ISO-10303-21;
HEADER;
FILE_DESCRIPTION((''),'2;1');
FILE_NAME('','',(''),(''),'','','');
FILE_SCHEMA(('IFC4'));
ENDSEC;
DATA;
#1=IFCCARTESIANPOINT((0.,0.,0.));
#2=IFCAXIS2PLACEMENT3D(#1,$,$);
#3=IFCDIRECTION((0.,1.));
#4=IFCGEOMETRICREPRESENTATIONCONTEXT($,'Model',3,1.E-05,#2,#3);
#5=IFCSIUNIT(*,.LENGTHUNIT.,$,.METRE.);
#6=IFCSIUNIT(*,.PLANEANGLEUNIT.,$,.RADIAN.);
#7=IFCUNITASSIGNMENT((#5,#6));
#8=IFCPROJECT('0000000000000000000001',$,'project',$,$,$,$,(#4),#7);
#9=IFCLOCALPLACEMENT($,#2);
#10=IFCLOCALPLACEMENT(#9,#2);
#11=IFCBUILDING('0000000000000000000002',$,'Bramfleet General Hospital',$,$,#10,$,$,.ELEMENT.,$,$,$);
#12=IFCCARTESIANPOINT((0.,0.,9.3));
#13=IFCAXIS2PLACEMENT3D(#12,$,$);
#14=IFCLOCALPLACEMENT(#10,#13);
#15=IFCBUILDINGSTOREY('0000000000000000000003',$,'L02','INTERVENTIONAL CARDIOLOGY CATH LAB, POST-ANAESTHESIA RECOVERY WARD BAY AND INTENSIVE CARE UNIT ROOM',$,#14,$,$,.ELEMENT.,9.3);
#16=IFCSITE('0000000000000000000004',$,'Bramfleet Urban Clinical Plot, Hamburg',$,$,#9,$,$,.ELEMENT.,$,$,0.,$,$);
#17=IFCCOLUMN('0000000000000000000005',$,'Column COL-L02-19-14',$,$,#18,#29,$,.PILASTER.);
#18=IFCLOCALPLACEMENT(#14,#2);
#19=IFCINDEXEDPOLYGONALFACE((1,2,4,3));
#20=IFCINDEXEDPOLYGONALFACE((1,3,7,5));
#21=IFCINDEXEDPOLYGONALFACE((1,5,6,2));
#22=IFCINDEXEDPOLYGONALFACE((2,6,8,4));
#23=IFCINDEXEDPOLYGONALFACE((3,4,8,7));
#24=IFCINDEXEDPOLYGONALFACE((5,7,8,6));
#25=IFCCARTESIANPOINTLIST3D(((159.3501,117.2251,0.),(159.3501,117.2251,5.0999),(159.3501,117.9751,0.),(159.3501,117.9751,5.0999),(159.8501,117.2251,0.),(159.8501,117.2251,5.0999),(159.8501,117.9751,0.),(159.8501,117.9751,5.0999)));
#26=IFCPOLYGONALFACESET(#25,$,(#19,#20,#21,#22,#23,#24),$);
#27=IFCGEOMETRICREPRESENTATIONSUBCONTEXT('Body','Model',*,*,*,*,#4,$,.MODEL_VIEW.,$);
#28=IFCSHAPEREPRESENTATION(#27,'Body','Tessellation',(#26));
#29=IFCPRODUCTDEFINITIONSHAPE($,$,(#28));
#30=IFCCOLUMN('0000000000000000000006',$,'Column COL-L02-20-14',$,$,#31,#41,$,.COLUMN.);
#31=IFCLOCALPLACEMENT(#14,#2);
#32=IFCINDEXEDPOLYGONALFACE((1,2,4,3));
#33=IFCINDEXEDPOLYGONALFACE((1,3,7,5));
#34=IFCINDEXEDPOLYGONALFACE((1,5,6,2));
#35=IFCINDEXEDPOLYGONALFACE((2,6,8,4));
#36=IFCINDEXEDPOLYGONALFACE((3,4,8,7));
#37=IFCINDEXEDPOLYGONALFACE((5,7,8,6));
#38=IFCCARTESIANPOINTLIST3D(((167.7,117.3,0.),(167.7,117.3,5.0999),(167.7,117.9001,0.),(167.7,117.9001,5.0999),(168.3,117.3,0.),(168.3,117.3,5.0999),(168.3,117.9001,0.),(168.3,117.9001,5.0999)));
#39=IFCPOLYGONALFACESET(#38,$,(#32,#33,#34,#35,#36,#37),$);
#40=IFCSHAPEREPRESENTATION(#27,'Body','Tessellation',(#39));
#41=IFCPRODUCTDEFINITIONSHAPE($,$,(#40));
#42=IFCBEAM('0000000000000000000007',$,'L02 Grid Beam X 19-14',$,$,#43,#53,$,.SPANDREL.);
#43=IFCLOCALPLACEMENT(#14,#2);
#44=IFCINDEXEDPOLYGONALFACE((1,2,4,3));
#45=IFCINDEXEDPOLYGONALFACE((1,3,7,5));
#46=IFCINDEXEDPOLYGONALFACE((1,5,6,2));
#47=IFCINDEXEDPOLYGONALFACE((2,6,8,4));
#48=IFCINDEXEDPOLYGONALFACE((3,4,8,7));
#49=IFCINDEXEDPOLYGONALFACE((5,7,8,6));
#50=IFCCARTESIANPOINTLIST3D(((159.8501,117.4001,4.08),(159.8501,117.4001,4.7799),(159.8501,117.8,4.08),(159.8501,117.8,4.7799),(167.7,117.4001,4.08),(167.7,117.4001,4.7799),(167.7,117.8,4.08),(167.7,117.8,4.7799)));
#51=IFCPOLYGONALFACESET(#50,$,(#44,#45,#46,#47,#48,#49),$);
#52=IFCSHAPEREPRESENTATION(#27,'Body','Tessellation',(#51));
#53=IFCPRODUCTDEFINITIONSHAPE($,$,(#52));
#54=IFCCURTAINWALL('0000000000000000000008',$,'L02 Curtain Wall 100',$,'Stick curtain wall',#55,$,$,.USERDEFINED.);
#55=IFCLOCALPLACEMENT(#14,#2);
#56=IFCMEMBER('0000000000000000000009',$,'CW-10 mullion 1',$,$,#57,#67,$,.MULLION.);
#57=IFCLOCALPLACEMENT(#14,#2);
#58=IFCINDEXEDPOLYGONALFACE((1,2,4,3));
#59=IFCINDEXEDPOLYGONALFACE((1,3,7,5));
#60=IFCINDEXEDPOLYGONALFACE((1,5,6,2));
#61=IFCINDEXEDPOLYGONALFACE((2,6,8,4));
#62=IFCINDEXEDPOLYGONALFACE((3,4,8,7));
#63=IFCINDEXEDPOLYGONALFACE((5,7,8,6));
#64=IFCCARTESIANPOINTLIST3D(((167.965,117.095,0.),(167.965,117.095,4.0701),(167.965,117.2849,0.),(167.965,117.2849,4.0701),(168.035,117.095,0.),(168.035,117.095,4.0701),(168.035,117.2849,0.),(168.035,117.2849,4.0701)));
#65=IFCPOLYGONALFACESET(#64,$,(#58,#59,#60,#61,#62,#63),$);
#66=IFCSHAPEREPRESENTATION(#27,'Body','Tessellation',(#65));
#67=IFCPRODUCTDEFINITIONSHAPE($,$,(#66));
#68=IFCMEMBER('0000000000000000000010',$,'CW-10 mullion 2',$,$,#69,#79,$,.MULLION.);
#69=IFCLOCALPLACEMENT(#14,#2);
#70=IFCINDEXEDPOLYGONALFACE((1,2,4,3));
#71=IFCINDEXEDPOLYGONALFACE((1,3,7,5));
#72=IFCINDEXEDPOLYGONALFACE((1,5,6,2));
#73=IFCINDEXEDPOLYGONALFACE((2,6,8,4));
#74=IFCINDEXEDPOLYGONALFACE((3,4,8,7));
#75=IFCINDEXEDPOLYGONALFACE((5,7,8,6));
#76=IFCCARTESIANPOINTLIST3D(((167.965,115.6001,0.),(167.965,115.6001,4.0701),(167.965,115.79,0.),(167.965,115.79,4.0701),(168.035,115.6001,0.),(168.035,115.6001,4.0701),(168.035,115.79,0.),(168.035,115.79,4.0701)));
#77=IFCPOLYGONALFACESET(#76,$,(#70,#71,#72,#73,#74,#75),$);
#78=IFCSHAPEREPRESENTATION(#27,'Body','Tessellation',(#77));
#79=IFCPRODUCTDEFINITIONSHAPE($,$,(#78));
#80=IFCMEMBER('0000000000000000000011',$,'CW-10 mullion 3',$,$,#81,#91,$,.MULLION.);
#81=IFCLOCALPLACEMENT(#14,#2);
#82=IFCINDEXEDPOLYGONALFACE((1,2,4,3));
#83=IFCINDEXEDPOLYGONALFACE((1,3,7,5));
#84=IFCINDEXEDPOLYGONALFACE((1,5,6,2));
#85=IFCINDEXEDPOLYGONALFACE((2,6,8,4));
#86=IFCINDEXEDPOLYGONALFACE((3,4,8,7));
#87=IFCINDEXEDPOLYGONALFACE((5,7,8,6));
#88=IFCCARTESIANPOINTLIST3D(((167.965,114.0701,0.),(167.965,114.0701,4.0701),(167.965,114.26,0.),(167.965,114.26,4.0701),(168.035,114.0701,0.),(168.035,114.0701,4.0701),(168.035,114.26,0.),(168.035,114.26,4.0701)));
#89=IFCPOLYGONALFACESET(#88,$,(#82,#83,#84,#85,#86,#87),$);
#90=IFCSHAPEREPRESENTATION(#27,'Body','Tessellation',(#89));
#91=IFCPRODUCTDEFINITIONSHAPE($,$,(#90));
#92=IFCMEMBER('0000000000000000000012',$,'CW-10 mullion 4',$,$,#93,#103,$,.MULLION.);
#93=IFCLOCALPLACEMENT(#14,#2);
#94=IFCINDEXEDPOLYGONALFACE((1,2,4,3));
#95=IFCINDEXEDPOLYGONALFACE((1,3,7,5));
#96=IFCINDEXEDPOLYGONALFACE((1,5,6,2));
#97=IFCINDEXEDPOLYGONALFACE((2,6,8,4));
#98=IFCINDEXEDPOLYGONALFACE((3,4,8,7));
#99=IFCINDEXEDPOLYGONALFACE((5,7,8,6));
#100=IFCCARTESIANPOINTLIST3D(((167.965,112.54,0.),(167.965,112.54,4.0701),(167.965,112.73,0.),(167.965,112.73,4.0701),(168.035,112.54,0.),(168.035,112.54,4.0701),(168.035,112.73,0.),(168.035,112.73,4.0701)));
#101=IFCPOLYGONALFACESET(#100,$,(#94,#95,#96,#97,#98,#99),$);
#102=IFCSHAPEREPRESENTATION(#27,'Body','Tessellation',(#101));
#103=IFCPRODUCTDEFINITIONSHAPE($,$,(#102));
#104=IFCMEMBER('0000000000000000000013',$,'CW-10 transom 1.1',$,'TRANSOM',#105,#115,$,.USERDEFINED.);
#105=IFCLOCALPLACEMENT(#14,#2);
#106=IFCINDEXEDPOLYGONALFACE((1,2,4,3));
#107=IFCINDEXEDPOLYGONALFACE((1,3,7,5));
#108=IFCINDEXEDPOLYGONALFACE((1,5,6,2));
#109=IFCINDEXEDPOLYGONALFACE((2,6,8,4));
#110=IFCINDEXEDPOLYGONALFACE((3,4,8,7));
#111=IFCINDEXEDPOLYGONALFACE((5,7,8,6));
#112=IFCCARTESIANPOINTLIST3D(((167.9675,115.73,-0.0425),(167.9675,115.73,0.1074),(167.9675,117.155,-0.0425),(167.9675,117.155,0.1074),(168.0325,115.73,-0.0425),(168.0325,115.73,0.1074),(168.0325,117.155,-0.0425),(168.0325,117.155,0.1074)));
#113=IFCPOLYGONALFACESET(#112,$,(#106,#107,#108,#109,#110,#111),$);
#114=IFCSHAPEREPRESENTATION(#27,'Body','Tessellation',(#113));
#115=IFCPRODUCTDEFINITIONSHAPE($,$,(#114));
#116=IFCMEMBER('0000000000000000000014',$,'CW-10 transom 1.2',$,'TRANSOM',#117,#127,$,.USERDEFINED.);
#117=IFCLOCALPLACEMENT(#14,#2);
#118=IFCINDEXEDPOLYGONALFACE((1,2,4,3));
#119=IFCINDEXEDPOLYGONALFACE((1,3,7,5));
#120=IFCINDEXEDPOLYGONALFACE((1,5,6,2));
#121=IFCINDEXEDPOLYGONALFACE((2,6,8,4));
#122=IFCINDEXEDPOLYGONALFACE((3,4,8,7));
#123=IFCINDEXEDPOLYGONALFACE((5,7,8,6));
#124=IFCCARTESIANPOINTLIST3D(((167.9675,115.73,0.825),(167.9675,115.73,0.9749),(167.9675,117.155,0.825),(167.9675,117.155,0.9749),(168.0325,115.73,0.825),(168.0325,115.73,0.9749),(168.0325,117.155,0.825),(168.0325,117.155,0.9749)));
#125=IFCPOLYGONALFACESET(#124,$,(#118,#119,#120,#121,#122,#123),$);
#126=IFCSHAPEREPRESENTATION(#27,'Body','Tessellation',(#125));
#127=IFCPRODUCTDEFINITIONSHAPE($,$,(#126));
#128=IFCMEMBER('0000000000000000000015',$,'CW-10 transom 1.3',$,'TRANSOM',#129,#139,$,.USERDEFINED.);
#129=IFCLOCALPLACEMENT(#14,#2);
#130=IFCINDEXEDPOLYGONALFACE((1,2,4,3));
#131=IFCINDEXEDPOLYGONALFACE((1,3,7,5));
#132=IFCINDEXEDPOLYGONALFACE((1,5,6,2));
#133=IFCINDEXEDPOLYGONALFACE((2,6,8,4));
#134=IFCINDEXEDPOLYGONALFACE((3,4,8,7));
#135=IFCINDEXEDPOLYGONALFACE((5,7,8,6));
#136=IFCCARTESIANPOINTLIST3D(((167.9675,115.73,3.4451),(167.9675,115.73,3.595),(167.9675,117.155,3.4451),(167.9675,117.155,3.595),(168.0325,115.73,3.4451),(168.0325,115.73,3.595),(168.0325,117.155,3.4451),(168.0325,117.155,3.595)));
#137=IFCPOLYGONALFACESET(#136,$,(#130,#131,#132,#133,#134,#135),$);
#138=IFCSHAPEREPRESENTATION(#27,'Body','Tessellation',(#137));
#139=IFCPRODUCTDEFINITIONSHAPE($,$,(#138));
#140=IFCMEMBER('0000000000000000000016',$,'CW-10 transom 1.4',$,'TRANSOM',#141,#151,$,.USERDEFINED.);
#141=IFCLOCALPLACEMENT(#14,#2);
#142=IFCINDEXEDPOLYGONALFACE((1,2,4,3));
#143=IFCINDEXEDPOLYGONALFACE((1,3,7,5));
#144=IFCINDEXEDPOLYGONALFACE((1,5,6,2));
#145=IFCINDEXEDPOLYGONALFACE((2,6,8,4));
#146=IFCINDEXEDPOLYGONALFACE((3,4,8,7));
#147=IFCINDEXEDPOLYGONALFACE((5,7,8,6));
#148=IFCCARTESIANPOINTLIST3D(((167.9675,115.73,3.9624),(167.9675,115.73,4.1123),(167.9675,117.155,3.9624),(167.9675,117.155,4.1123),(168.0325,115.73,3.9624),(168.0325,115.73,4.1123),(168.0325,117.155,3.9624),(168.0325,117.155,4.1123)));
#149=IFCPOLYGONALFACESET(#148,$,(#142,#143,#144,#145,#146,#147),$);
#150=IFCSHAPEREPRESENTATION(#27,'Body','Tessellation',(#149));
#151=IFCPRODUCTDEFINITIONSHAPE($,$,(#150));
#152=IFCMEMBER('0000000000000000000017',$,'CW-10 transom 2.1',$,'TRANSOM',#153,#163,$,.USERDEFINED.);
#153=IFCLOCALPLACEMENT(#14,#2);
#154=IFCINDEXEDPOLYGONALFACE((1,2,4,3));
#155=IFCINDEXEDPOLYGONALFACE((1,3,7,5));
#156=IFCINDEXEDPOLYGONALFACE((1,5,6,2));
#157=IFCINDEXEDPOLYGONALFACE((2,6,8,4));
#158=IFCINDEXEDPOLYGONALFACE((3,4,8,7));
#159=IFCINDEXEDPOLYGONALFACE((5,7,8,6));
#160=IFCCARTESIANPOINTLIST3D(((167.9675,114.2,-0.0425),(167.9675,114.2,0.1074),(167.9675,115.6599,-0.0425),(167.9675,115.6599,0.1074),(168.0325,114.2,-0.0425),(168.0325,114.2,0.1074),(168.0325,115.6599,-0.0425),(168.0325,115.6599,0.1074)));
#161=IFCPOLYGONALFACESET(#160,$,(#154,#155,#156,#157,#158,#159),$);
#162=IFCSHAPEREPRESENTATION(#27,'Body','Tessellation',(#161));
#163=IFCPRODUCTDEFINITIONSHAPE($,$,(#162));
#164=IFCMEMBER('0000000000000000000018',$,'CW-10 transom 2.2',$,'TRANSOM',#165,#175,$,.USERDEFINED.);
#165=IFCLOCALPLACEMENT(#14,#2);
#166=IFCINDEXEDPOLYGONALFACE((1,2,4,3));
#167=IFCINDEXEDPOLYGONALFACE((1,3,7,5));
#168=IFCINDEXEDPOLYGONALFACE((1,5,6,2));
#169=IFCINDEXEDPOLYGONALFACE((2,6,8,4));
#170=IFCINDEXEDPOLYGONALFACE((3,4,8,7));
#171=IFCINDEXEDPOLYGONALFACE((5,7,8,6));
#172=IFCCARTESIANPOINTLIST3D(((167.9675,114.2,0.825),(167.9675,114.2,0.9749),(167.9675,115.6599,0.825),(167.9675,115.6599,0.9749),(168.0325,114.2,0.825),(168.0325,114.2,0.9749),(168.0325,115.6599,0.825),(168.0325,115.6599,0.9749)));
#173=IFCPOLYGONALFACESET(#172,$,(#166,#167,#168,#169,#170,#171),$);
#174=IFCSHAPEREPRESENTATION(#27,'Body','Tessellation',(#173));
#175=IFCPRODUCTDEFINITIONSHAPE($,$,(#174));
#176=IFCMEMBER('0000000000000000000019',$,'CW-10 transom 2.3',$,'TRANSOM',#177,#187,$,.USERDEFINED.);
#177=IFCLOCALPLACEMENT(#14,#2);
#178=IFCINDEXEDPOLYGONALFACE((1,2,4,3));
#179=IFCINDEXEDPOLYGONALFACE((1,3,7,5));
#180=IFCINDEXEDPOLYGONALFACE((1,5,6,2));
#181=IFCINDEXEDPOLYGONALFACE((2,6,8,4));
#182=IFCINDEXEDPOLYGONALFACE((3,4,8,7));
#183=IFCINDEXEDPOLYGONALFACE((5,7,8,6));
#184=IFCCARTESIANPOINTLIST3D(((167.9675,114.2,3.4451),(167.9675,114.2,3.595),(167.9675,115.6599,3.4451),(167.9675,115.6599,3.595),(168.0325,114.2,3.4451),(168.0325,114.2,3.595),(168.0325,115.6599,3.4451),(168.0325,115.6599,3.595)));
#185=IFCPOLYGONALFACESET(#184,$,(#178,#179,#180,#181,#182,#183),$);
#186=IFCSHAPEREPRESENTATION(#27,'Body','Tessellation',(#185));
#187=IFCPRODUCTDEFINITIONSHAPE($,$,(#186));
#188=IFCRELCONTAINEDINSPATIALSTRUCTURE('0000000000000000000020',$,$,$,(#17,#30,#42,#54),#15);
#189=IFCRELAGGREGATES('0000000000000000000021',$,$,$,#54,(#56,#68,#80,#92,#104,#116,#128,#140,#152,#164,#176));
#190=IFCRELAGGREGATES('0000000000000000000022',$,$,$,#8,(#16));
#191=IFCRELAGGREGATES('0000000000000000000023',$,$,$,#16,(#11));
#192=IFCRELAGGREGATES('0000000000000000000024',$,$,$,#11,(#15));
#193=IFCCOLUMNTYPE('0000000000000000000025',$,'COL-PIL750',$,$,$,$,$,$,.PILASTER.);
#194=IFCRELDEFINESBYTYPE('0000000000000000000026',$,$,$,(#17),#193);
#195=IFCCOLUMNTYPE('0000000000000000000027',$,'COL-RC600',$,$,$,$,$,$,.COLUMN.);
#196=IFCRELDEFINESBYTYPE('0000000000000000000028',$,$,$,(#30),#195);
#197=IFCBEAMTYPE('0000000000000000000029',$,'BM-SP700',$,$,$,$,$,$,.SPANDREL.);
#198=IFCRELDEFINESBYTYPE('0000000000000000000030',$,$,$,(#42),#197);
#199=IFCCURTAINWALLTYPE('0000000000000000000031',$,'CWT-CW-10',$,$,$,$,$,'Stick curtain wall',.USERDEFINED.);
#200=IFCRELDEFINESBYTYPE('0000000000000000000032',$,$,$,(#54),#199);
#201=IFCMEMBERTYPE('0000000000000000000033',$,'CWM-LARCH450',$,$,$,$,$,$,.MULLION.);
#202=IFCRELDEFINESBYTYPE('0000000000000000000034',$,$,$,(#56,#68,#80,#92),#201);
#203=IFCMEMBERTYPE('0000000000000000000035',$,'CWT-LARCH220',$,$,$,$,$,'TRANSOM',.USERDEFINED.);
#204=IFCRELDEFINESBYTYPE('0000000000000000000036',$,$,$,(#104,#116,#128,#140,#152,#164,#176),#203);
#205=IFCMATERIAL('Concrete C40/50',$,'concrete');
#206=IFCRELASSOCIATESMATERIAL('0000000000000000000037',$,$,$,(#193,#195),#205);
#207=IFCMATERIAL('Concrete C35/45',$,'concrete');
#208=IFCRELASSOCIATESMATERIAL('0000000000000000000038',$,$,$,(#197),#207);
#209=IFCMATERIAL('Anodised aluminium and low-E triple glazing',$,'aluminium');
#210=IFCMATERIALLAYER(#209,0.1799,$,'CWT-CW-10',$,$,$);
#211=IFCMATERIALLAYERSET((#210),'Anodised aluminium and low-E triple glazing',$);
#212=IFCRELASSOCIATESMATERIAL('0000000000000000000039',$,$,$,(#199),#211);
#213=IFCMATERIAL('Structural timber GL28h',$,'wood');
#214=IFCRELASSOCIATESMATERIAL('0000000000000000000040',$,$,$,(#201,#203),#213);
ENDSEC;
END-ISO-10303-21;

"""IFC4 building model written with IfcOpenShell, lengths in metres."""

from ifc_helpers import new_model, si_unit, direction, frame, origin, origin_2d, place, context, subcontext, project, spatial, rectangle, extrude, material, layer, layer_set, material_profile, profile_set, type_object, element, aggregate, save


model = new_model("IFC4")

# Units and contexts
model_context = context("Model", 3, precision=1e-05, world=origin(), true_north=direction((0.0, 1.0)))
body_context = subcontext(model_context, "Body", "Model", "MODEL_VIEW")
ifc_project = project(units=[si_unit("LENGTHUNIT", "METRE"), si_unit("PLANEANGLEUNIT", "RADIAN")], contexts=[model_context])

# Site, building, storey
site_placement = place(None, origin())
site = spatial("IfcSite", under=ifc_project, at=site_placement, Name="Bramfleet Urban Clinical Plot, Hamburg", CompositionType="ELEMENT", RefElevation=0.0)
building_placement = place(site_placement, origin())
building = spatial("IfcBuilding", under=site, at=building_placement, Name="Bramfleet General Hospital", CompositionType="ELEMENT")
storey_placement = place(building_placement, frame((0.0, 0.0, 9.3)))
storey = spatial("IfcBuildingStorey", under=building, at=storey_placement, Name="L02", Description="INTERVENTIONAL CARDIOLOGY CATH LAB, POST-ANAESTHESIA RECOVERY WARD BAY AND INTENSIVE CARE UNIT ROOM", CompositionType="ELEMENT", Elevation=9.3)

# Columns
ifc_material_1 = material(Name="Concrete C40/50", Category="concrete")
ifc_material_profile_1 = material_profile(ifc_material_1, rectangle(XDim=0.5, YDim=0.75, at=origin_2d()), Name="RC PIL 750x500")
ifc_profile_set_1 = profile_set([ifc_material_profile_1], Name="Concrete C40/50")
column_type_1 = type_object("IfcColumnType", Name="COL-PIL750", PredefinedType="PILASTER", material=ifc_profile_set_1)
column_1_placement = place(storey_placement, frame((159.6001, 117.6001, 0.0), z_axis=(0.0, 0.0, 1.0), x_axis=(1.0, 0.0, 0.0)))
element("IfcColumn", 1, at=column_1_placement, inside=storey, type_object=column_type_1, Name="Column COL-L02-19-14", PredefinedType="PILASTER", context=body_context, shape_type="SweptSolid", body=[
    extrude(rectangle(XDim=0.5, YDim=0.75, at=origin_2d()), origin(), (0.0, 0.0, 1.0), 5.0999),
])
ifc_material_profile_2 = material_profile(ifc_material_1, rectangle(XDim=0.6001, YDim=0.6001, at=origin_2d()), Name="RC COL 600x600")
ifc_profile_set_2 = profile_set([ifc_material_profile_2], Name="Concrete C40/50")
column_type_2 = type_object("IfcColumnType", Name="COL-RC600", PredefinedType="COLUMN", material=ifc_profile_set_2)
column_2_placement = place(storey_placement, frame((168.0, 117.6001, 0.0), z_axis=(0.0, 0.0, 1.0), x_axis=(1.0, 0.0, 0.0)))
element("IfcColumn", 2, at=column_2_placement, inside=storey, type_object=column_type_2, Name="Column COL-L02-20-14", PredefinedType="COLUMN", context=body_context, shape_type="SweptSolid", body=[
    extrude(rectangle(XDim=0.6001, YDim=0.6001, at=origin_2d()), origin(), (0.0, 0.0, 1.0), 5.0999),
])

# Beam
ifc_material_2 = material(Name="Concrete C35/45", Category="concrete")
ifc_material_profile_3 = material_profile(ifc_material_2, rectangle(XDim=0.3999, YDim=0.7, at=origin_2d()), Name="RC SP 700x400")
ifc_profile_set_3 = profile_set([ifc_material_profile_3], Name="Concrete C35/45")
beam_type = type_object("IfcBeamType", Name="BM-SP700", PredefinedType="SPANDREL", material=ifc_profile_set_3)
beam_placement = place(storey_placement, frame((159.8501, 117.6001, 4.4299), z_axis=(1.0, 0.0, 0.0), x_axis=(0.0, 1.0, 0.0)))
element("IfcBeam", 3, at=beam_placement, inside=storey, type_object=beam_type, Name="L02 Grid Beam X 19-14", PredefinedType="SPANDREL", context=body_context, shape_type="SweptSolid", body=[
    extrude(rectangle(XDim=0.3999, YDim=0.7, at=origin_2d()), origin(), (0.0, 0.0, 1.0), 7.8499),
])

# Curtain wall, members
ifc_material_3 = material(Name="Anodised aluminium and low-E triple glazing", Category="aluminium")
ifc_layer_1 = layer(ifc_material_3, 0.1799, Name="CWT-CW-10")
ifc_layer_set_1 = layer_set([ifc_layer_1], Name="Anodised aluminium and low-E triple glazing")
curtain_wall_type = type_object("IfcCurtainWallType", Name="CWT-CW-10", ElementType="Stick curtain wall", PredefinedType="USERDEFINED", material=ifc_layer_set_1)
curtain_wall_placement = place(storey_placement, origin())
curtain_wall = element("IfcCurtainWall", 4, at=curtain_wall_placement, inside=storey, type_object=curtain_wall_type, Name="L02 Curtain Wall 100", ObjectType="Stick curtain wall", PredefinedType="USERDEFINED")
ifc_material_4 = material(Name="Structural timber GL28h", Category="wood")
ifc_material_profile_4 = material_profile(ifc_material_4, rectangle(XDim=0.0701, YDim=0.1899, at=origin_2d()), Name="LARCH 190x70")
ifc_profile_set_4 = profile_set([ifc_material_profile_4], Name="Structural timber GL28h")
member_type_1 = type_object("IfcMemberType", Name="CWM-LARCH450", PredefinedType="MULLION", material=ifc_profile_set_4)
member_1_placement = place(storey_placement, frame((168.0, 117.1899, 0.0), z_axis=(0.0, 0.0, 1.0), x_axis=(1.0, 0.0, 0.0)))
member_1 = element("IfcMember", 5, at=member_1_placement, type_object=member_type_1, Name="CW-10 mullion 1", PredefinedType="MULLION", context=body_context, shape_type="SweptSolid", body=[
    extrude(rectangle(XDim=0.0701, YDim=0.1899, at=origin_2d()), origin(), (0.0, 0.0, 1.0), 4.0701),
])
member_2_placement = place(storey_placement, frame((168.0, 115.6951, 0.0), z_axis=(0.0, 0.0, 1.0), x_axis=(1.0, 0.0, 0.0)))
member_2 = element("IfcMember", 6, at=member_2_placement, type_object=member_type_1, Name="CW-10 mullion 2", PredefinedType="MULLION", context=body_context, shape_type="SweptSolid", body=[
    extrude(rectangle(XDim=0.0701, YDim=0.1899, at=origin_2d()), origin(), (0.0, 0.0, 1.0), 4.0701),
])
member_3_placement = place(storey_placement, frame((168.0, 114.165, 0.0), z_axis=(0.0, 0.0, 1.0), x_axis=(1.0, 0.0, 0.0)))
member_3 = element("IfcMember", 7, at=member_3_placement, type_object=member_type_1, Name="CW-10 mullion 3", PredefinedType="MULLION", context=body_context, shape_type="SweptSolid", body=[
    extrude(rectangle(XDim=0.0701, YDim=0.1899, at=origin_2d()), origin(), (0.0, 0.0, 1.0), 4.0701),
])
member_4_placement = place(storey_placement, frame((168.0, 112.635, 0.0), z_axis=(0.0, 0.0, 1.0), x_axis=(1.0, 0.0, 0.0)))
member_4 = element("IfcMember", 8, at=member_4_placement, type_object=member_type_1, Name="CW-10 mullion 4", PredefinedType="MULLION", context=body_context, shape_type="SweptSolid", body=[
    extrude(rectangle(XDim=0.0701, YDim=0.1899, at=origin_2d()), origin(), (0.0, 0.0, 1.0), 4.0701),
])
ifc_material_profile_5 = material_profile(ifc_material_4, rectangle(XDim=0.0649, YDim=0.1499, at=origin_2d()), Name="LARCH 150x65")
ifc_profile_set_5 = profile_set([ifc_material_profile_5], Name="Structural timber GL28h")
member_type_2 = type_object("IfcMemberType", Name="CWT-LARCH220", ElementType="TRANSOM", PredefinedType="USERDEFINED", material=ifc_profile_set_5)
member_5_placement = place(storey_placement, frame((168.0, 117.155, 0.0325), z_axis=(0.0, -1.0, 0.0), x_axis=(1.0, 0.0, 0.0)))
member_5 = element("IfcMember", 9, at=member_5_placement, type_object=member_type_2, Name="CW-10 transom 1.1", ObjectType="TRANSOM", PredefinedType="USERDEFINED", context=body_context, shape_type="SweptSolid", body=[
    extrude(rectangle(XDim=0.0649, YDim=0.1499, at=origin_2d()), origin(), (0.0, 0.0, 1.0), 1.425),
])
member_6_placement = place(storey_placement, frame((168.0, 117.155, 0.8999), z_axis=(0.0, -1.0, 0.0), x_axis=(1.0, 0.0, 0.0)))
member_6 = element("IfcMember", 10, at=member_6_placement, type_object=member_type_2, Name="CW-10 transom 1.2", ObjectType="TRANSOM", PredefinedType="USERDEFINED", context=body_context, shape_type="SweptSolid", body=[
    extrude(rectangle(XDim=0.0649, YDim=0.1499, at=origin_2d()), origin(), (0.0, 0.0, 1.0), 1.425),
])
member_7_placement = place(storey_placement, frame((168.0, 117.155, 3.52), z_axis=(0.0, -1.0, 0.0), x_axis=(1.0, 0.0, 0.0)))
member_7 = element("IfcMember", 11, at=member_7_placement, type_object=member_type_2, Name="CW-10 transom 1.3", ObjectType="TRANSOM", PredefinedType="USERDEFINED", context=body_context, shape_type="SweptSolid", body=[
    extrude(rectangle(XDim=0.0649, YDim=0.1499, at=origin_2d()), origin(), (0.0, 0.0, 1.0), 1.425),
])
member_8_placement = place(storey_placement, frame((168.0, 117.155, 4.0374), z_axis=(0.0, -1.0, 0.0), x_axis=(1.0, 0.0, 0.0)))
member_8 = element("IfcMember", 12, at=member_8_placement, type_object=member_type_2, Name="CW-10 transom 1.4", ObjectType="TRANSOM", PredefinedType="USERDEFINED", context=body_context, shape_type="SweptSolid", body=[
    extrude(rectangle(XDim=0.0649, YDim=0.1499, at=origin_2d()), origin(), (0.0, 0.0, 1.0), 1.425),
])
member_9_placement = place(storey_placement, frame((168.0, 115.6599, 0.0325), z_axis=(0.0, -1.0, 0.0), x_axis=(1.0, 0.0, 0.0)))
member_9 = element("IfcMember", 13, at=member_9_placement, type_object=member_type_2, Name="CW-10 transom 2.1", ObjectType="TRANSOM", PredefinedType="USERDEFINED", context=body_context, shape_type="SweptSolid", body=[
    extrude(rectangle(XDim=0.0649, YDim=0.1499, at=origin_2d()), origin(), (0.0, 0.0, 1.0), 1.46),
])
member_10_placement = place(storey_placement, frame((168.0, 115.6599, 0.8999), z_axis=(0.0, -1.0, 0.0), x_axis=(1.0, 0.0, 0.0)))
member_10 = element("IfcMember", 14, at=member_10_placement, type_object=member_type_2, Name="CW-10 transom 2.2", ObjectType="TRANSOM", PredefinedType="USERDEFINED", context=body_context, shape_type="SweptSolid", body=[
    extrude(rectangle(XDim=0.0649, YDim=0.1499, at=origin_2d()), origin(), (0.0, 0.0, 1.0), 1.46),
])
member_11_placement = place(storey_placement, frame((168.0, 115.6599, 3.52), z_axis=(0.0, -1.0, 0.0), x_axis=(1.0, 0.0, 0.0)))
member_11 = element("IfcMember", 15, at=member_11_placement, type_object=member_type_2, Name="CW-10 transom 2.3", ObjectType="TRANSOM", PredefinedType="USERDEFINED", context=body_context, shape_type="SweptSolid", body=[
    extrude(rectangle(XDim=0.0649, YDim=0.1499, at=origin_2d()), origin(), (0.0, 0.0, 1.0), 1.46),
])
aggregate(curtain_wall, [member_1, member_2, member_3, member_4, member_5, member_6, member_7, member_8, member_9, member_10, member_11])

save(model, "model.ifc")
